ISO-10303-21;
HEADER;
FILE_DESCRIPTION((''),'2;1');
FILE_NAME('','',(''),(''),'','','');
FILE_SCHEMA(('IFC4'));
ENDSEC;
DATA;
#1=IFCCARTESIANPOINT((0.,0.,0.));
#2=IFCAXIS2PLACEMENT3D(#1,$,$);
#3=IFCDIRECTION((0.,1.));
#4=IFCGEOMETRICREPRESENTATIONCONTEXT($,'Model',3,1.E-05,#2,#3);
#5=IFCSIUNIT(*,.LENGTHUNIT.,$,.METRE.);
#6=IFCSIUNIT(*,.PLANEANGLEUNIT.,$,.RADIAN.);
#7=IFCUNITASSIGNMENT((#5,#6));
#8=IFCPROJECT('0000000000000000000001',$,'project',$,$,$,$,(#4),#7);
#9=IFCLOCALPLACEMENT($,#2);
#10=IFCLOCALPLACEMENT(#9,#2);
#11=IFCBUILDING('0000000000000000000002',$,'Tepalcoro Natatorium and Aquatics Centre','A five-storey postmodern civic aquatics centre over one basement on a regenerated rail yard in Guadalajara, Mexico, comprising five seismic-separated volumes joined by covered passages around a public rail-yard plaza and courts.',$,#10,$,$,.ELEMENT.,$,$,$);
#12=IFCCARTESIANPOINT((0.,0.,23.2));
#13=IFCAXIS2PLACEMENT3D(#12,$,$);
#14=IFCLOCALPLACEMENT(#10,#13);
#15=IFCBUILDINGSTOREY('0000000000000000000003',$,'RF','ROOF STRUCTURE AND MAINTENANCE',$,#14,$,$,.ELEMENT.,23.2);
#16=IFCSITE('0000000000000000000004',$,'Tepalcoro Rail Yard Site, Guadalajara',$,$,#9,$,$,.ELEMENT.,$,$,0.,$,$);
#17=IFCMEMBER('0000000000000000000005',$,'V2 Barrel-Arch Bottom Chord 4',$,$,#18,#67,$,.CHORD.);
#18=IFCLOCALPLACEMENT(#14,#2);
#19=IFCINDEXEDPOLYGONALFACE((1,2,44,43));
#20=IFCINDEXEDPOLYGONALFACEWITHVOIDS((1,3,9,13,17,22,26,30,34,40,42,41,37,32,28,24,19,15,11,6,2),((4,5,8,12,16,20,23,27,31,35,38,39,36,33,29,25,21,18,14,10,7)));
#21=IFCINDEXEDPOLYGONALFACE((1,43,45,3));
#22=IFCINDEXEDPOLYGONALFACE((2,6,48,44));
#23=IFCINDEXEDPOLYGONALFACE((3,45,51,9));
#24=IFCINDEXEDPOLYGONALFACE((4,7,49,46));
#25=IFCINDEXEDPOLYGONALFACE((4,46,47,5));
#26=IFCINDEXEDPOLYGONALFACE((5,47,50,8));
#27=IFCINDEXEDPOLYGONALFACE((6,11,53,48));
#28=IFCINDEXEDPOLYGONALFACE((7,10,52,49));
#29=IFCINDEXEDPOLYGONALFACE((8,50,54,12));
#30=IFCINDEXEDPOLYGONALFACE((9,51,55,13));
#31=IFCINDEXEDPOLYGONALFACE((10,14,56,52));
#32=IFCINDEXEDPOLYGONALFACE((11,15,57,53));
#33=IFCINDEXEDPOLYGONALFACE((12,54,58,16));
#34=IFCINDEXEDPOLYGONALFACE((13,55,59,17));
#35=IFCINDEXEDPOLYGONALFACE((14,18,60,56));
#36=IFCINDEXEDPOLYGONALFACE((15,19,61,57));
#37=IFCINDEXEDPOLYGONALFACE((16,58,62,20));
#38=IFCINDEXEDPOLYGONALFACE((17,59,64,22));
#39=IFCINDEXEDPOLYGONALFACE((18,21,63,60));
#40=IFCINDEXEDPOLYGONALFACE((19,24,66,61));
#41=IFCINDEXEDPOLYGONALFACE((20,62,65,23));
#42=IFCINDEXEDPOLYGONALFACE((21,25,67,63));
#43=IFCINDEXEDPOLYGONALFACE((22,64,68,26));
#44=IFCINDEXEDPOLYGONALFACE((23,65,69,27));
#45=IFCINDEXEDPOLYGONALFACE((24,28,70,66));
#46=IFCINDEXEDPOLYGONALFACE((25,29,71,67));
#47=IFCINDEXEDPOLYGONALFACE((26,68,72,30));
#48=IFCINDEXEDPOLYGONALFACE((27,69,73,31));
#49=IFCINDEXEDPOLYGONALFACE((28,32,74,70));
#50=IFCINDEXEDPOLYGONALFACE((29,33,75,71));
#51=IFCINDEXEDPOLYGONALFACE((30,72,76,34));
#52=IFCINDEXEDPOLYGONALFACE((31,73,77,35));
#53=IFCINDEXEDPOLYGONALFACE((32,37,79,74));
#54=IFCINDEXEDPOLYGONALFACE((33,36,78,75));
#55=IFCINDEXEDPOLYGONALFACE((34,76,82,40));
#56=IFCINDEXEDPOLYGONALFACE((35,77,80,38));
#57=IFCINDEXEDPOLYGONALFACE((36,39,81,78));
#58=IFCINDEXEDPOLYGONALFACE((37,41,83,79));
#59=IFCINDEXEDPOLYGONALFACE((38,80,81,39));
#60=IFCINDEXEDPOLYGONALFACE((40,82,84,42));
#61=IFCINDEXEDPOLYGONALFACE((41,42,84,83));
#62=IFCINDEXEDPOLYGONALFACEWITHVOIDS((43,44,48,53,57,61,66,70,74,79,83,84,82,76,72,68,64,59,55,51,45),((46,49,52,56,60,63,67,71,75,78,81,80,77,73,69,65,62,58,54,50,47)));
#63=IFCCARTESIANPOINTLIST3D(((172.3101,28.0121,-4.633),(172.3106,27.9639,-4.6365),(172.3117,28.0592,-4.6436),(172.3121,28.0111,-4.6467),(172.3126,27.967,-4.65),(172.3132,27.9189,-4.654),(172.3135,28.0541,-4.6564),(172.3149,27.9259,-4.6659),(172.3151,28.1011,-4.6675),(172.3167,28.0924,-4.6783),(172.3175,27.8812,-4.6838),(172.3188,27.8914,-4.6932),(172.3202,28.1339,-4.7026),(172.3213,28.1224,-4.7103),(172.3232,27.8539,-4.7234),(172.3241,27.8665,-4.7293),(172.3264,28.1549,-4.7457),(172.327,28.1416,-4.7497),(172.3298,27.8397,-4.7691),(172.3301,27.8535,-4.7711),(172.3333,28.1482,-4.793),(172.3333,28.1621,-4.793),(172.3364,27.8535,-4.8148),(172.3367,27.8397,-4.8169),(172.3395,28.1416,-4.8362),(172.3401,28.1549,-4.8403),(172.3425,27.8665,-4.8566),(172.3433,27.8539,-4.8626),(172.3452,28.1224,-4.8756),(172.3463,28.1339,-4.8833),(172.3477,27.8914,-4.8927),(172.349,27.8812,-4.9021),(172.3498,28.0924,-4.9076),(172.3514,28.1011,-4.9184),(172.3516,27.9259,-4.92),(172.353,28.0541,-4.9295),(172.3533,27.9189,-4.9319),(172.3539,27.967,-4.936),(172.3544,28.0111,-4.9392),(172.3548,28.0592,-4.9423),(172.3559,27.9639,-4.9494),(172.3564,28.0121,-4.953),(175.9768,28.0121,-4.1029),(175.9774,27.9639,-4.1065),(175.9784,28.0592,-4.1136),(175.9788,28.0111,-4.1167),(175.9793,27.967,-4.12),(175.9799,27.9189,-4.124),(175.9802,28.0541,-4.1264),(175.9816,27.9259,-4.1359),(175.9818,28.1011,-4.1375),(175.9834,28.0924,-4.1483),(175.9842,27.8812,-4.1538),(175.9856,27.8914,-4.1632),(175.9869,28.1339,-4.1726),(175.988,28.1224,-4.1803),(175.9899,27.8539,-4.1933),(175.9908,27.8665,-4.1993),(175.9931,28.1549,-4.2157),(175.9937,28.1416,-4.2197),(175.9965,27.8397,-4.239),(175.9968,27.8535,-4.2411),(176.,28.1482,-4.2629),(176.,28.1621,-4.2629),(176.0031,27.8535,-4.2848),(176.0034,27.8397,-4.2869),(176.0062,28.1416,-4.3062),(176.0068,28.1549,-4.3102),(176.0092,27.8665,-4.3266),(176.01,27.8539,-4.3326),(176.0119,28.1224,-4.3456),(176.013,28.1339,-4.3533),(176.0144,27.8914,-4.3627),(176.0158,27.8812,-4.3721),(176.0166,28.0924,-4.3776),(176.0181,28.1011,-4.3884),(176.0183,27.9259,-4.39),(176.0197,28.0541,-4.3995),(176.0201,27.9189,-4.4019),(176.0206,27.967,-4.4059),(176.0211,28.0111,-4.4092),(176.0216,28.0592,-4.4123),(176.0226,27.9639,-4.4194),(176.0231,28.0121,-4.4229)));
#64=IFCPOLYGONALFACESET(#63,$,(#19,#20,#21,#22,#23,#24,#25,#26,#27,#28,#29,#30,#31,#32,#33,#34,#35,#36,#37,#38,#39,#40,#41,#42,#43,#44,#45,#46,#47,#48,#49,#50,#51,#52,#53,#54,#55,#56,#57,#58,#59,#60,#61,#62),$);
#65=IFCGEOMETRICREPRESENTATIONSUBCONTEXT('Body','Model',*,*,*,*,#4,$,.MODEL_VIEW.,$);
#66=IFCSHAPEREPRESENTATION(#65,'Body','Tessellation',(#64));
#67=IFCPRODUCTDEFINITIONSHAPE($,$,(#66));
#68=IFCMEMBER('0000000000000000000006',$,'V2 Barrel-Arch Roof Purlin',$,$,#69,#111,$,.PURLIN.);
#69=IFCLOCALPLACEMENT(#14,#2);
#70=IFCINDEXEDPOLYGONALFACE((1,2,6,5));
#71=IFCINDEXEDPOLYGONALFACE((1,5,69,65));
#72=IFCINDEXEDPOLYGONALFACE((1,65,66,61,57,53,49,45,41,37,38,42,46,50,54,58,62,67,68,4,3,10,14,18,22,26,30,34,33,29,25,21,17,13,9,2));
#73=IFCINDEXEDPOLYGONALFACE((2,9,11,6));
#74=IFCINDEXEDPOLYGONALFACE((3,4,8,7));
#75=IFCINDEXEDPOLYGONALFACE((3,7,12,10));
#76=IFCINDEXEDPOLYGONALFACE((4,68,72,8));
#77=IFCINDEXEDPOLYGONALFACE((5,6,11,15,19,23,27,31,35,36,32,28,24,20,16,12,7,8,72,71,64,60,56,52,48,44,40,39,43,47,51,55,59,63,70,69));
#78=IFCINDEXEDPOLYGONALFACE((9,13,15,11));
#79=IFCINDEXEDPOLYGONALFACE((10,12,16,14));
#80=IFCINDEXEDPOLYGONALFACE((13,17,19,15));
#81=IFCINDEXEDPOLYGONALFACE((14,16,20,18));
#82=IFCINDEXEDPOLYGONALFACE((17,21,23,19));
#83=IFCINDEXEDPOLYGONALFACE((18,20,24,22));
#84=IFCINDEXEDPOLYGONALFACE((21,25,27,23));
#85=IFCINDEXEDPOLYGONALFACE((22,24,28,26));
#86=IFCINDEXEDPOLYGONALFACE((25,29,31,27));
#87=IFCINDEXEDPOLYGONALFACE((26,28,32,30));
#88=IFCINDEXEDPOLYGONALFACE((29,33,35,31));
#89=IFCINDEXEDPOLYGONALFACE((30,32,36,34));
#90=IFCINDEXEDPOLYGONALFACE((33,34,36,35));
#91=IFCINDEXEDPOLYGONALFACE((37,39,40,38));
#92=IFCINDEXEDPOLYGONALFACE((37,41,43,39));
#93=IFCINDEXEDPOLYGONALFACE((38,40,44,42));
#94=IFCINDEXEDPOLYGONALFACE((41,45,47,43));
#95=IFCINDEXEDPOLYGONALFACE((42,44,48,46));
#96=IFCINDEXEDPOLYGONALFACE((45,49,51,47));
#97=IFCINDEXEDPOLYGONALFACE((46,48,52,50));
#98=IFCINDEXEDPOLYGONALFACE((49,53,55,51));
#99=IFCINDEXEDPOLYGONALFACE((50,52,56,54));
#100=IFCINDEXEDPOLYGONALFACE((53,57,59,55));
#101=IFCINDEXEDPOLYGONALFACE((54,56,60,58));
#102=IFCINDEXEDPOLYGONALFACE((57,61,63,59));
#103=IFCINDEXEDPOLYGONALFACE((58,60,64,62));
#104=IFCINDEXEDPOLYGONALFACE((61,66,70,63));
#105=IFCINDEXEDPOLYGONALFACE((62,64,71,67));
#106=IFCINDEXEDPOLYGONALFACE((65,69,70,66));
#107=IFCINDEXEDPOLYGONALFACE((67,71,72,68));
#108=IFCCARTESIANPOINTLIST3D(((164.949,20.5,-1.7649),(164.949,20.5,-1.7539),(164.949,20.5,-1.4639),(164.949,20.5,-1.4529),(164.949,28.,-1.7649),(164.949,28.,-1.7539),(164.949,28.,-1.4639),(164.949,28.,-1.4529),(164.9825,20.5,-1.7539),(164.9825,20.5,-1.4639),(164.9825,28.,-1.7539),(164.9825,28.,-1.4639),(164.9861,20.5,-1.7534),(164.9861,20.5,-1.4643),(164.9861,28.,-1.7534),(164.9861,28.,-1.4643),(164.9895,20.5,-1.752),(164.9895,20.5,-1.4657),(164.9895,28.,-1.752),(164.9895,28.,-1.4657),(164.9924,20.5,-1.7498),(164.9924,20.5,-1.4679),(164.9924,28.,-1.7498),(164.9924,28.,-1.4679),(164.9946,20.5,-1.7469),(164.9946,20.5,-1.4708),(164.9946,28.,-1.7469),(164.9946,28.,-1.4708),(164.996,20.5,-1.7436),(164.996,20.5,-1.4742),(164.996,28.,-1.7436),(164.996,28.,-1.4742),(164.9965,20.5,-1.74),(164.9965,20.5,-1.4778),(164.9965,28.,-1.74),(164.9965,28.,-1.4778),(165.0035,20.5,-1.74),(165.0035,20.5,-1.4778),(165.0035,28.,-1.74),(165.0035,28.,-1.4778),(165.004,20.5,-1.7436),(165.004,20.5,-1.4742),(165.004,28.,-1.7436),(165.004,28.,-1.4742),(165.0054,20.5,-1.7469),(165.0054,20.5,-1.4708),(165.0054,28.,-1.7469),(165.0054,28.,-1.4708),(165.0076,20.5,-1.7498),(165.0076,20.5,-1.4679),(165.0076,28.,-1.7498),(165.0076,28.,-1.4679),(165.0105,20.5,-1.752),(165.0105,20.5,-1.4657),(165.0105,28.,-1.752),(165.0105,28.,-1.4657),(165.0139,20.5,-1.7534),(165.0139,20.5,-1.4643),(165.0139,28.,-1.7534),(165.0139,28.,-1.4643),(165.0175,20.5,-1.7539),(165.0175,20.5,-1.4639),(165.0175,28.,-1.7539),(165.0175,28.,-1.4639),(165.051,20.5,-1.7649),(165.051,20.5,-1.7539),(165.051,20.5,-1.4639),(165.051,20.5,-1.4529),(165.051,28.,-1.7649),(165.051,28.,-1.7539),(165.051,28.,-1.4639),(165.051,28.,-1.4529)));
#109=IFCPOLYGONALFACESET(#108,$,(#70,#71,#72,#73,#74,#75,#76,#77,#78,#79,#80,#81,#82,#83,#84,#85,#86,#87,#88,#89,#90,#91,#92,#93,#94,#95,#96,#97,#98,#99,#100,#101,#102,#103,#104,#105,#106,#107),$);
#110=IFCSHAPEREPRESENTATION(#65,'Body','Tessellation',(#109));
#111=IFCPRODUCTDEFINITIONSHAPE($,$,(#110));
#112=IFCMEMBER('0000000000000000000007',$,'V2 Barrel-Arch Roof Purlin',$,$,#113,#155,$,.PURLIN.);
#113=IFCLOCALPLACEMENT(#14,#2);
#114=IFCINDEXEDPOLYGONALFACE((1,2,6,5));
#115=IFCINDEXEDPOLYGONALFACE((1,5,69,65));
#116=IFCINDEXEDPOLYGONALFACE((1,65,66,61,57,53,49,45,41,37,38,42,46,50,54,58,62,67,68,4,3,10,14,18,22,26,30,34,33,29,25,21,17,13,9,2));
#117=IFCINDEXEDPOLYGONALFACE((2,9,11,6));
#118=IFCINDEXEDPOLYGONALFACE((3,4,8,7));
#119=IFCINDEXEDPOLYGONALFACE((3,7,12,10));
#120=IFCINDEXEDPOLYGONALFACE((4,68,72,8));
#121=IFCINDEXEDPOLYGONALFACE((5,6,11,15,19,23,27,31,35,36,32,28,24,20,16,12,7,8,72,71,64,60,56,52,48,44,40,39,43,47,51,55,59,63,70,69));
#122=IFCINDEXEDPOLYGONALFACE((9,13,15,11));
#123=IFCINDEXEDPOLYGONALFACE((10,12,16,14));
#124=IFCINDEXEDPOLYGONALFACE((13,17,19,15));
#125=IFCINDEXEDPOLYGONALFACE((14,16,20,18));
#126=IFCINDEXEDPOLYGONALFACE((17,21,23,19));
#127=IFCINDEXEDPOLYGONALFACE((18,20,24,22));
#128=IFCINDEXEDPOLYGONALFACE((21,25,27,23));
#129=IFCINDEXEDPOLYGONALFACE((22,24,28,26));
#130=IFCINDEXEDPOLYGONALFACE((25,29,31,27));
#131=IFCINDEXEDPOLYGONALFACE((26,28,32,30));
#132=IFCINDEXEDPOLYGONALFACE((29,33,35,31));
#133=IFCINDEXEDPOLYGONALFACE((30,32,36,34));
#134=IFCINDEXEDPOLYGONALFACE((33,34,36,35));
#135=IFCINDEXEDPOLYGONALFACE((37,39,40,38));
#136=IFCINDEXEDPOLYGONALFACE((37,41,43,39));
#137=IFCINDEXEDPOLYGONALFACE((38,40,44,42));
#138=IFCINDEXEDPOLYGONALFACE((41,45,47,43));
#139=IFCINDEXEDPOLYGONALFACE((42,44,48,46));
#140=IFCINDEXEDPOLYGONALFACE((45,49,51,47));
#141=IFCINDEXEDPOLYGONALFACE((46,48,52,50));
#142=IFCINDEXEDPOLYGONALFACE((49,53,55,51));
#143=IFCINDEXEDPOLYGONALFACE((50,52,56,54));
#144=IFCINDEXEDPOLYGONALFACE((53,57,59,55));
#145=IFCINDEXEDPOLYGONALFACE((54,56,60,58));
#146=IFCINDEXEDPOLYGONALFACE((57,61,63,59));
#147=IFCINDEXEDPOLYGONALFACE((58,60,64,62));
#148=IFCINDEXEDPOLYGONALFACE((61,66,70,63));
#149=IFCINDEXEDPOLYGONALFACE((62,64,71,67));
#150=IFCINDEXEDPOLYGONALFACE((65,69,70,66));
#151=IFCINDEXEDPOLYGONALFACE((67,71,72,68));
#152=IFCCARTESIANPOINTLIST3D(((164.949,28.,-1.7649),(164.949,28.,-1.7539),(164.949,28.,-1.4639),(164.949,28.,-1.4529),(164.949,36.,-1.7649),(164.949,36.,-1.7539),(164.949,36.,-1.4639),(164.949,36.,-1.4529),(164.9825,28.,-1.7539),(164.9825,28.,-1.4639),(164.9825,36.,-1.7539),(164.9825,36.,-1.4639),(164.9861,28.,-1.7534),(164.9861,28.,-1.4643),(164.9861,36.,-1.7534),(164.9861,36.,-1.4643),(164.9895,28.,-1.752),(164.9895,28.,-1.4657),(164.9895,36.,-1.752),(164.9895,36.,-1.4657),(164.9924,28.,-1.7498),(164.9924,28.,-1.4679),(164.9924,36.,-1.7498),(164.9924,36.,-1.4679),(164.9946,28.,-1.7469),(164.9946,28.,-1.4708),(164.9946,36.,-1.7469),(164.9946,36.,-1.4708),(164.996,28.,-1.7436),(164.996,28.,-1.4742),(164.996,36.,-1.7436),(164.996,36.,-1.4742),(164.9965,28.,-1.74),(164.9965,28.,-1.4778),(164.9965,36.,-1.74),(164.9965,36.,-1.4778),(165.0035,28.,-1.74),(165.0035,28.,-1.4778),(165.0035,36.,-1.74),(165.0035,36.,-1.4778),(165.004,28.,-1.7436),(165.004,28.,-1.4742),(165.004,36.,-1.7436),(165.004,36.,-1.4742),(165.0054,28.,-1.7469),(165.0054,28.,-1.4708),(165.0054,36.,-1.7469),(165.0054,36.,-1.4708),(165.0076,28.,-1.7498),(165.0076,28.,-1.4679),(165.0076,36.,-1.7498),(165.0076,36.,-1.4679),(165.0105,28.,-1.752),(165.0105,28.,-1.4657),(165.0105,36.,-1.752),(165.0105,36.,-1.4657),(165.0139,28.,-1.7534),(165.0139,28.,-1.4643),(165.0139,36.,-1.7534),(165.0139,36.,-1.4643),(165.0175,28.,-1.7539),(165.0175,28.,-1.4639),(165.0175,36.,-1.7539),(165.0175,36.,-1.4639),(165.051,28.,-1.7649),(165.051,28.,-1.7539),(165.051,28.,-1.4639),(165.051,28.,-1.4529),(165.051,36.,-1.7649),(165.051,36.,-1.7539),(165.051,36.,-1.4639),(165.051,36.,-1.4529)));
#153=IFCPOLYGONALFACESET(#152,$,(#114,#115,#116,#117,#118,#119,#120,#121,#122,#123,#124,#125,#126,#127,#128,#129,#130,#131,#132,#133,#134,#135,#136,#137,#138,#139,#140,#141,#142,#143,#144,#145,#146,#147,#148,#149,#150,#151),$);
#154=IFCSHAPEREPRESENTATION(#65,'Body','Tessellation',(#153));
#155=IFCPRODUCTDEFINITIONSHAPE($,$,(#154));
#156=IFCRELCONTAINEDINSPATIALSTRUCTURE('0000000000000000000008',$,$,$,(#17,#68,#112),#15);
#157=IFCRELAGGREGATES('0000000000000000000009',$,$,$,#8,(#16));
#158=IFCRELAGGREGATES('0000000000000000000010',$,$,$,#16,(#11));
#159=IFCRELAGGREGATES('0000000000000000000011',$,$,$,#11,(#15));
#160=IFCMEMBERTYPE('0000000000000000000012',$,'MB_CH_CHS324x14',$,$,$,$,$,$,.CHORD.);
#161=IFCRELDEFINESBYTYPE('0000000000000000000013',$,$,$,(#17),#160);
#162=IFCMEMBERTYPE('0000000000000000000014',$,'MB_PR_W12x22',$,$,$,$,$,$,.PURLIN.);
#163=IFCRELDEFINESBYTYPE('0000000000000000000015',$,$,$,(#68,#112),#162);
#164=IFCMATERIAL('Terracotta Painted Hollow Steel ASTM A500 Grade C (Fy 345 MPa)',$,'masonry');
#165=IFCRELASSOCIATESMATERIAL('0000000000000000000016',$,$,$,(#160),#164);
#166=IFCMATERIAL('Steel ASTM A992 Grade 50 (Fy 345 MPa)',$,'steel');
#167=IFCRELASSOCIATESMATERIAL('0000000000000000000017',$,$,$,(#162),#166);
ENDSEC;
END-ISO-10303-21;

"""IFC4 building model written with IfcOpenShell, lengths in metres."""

from ifc_helpers import new_model, si_unit, direction, frame, origin, origin_2d, place, context, subcontext, project, spatial, hollow_circle, i_section, extrude, material, material_profile, profile_set, type_object, element, save


model = new_model("IFC4")

# Units and contexts
model_context = context("Model", 3, precision=1e-05, world=origin(), true_north=direction((0.0, 1.0)))
body_context = subcontext(model_context, "Body", "Model", "MODEL_VIEW")
ifc_project = project(units=[si_unit("LENGTHUNIT", "METRE"), si_unit("PLANEANGLEUNIT", "RADIAN")], contexts=[model_context])

# Site, building, storey
site_placement = place(None, origin())
site = spatial("IfcSite", under=ifc_project, at=site_placement, Name="Tepalcoro Rail Yard Site, Guadalajara", CompositionType="ELEMENT", RefElevation=0.0)
building_placement = place(site_placement, origin())
building = spatial("IfcBuilding", under=site, at=building_placement, Name="Tepalcoro Natatorium and Aquatics Centre", Description="A five-storey postmodern civic aquatics centre over one basement on a regenerated rail yard in Guadalajara, Mexico, comprising five seismic-separated volumes joined by covered passages around a public rail-yard plaza and courts.", CompositionType="ELEMENT")
storey_placement = place(building_placement, frame((0.0, 0.0, 23.2)))
storey = spatial("IfcBuildingStorey", under=building, at=storey_placement, Name="RF", Description="ROOF STRUCTURE AND MAINTENANCE", CompositionType="ELEMENT", Elevation=23.2)

# Shared definitions
ifc_material_1 = material(Name="Terracotta Painted Hollow Steel ASTM A500 Grade C (Fy 345 MPa)", Category="masonry")

# Members
ifc_material_profile_1 = material_profile(ifc_material_1, hollow_circle(Radius=0.1621, WallThickness=0.0139, at=origin_2d()), Name="CHS324X14")
ifc_profile_set_1 = profile_set([ifc_material_profile_1], Name="Terracotta Painted Hollow Steel ASTM A500 Grade C (Fy 345 MPa)")
member_type_1 = type_object("IfcMemberType", Name="MB_CH_CHS324x14", PredefinedType="CHORD", material=ifc_profile_set_1)
member_1_placement = place(storey_placement, frame((172.3333, 28.0, -4.793), z_axis=(0.989714, 0.0, 0.143063), x_axis=(0.0, 1.0, 0.0)))
element("IfcMember", 1, at=member_1_placement, inside=storey, type_object=member_type_1, Name="V2 Barrel-Arch Bottom Chord 4", PredefinedType="CHORD", context=body_context, shape_type="SweptSolid", body=[
    extrude(hollow_circle(Radius=0.1621, WallThickness=0.0139, at=origin_2d()), origin(), (0.0, 0.0, 1.0), 3.7048),
])
ifc_material_2 = material(Name="Steel ASTM A992 Grade 50 (Fy 345 MPa)", Category="steel")
ifc_material_profile_2 = material_profile(ifc_material_2, i_section(OverallWidth=0.1021, OverallDepth=0.312, WebThickness=0.0071, FlangeThickness=0.011, FilletRadius=0.0139, at=origin_2d()), Name="W12X22")
ifc_profile_set_2 = profile_set([ifc_material_profile_2], Name="Steel ASTM A992 Grade 50 (Fy 345 MPa)")
member_type_2 = type_object("IfcMemberType", Name="MB_PR_W12x22", PredefinedType="PURLIN", material=ifc_profile_set_2)
member_2_placement = place(storey_placement, frame((165.0, 20.5, -1.6089), z_axis=(0.0, 1.0, 0.0), x_axis=(-1.0, 0.0, 0.0)))
element("IfcMember", 2, at=member_2_placement, inside=storey, type_object=member_type_2, Name="V2 Barrel-Arch Roof Purlin", PredefinedType="PURLIN", context=body_context, shape_type="SweptSolid", body=[
    extrude(i_section(OverallWidth=0.1021, OverallDepth=0.312, WebThickness=0.0071, FlangeThickness=0.011, FilletRadius=0.0139, at=origin_2d()), origin(), (0.0, 0.0, 1.0), 7.5),
])
member_3_placement = place(storey_placement, frame((165.0, 28.0, -1.6089), z_axis=(0.0, 1.0, 0.0), x_axis=(-1.0, 0.0, 0.0)))
element("IfcMember", 3, at=member_3_placement, inside=storey, type_object=member_type_2, Name="V2 Barrel-Arch Roof Purlin", PredefinedType="PURLIN", context=body_context, shape_type="SweptSolid", body=[
    extrude(i_section(OverallWidth=0.1021, OverallDepth=0.312, WebThickness=0.0071, FlangeThickness=0.011, FilletRadius=0.0139, at=origin_2d()), origin(), (0.0, 0.0, 1.0), 8.0),
])

save(model, "model.ifc")
